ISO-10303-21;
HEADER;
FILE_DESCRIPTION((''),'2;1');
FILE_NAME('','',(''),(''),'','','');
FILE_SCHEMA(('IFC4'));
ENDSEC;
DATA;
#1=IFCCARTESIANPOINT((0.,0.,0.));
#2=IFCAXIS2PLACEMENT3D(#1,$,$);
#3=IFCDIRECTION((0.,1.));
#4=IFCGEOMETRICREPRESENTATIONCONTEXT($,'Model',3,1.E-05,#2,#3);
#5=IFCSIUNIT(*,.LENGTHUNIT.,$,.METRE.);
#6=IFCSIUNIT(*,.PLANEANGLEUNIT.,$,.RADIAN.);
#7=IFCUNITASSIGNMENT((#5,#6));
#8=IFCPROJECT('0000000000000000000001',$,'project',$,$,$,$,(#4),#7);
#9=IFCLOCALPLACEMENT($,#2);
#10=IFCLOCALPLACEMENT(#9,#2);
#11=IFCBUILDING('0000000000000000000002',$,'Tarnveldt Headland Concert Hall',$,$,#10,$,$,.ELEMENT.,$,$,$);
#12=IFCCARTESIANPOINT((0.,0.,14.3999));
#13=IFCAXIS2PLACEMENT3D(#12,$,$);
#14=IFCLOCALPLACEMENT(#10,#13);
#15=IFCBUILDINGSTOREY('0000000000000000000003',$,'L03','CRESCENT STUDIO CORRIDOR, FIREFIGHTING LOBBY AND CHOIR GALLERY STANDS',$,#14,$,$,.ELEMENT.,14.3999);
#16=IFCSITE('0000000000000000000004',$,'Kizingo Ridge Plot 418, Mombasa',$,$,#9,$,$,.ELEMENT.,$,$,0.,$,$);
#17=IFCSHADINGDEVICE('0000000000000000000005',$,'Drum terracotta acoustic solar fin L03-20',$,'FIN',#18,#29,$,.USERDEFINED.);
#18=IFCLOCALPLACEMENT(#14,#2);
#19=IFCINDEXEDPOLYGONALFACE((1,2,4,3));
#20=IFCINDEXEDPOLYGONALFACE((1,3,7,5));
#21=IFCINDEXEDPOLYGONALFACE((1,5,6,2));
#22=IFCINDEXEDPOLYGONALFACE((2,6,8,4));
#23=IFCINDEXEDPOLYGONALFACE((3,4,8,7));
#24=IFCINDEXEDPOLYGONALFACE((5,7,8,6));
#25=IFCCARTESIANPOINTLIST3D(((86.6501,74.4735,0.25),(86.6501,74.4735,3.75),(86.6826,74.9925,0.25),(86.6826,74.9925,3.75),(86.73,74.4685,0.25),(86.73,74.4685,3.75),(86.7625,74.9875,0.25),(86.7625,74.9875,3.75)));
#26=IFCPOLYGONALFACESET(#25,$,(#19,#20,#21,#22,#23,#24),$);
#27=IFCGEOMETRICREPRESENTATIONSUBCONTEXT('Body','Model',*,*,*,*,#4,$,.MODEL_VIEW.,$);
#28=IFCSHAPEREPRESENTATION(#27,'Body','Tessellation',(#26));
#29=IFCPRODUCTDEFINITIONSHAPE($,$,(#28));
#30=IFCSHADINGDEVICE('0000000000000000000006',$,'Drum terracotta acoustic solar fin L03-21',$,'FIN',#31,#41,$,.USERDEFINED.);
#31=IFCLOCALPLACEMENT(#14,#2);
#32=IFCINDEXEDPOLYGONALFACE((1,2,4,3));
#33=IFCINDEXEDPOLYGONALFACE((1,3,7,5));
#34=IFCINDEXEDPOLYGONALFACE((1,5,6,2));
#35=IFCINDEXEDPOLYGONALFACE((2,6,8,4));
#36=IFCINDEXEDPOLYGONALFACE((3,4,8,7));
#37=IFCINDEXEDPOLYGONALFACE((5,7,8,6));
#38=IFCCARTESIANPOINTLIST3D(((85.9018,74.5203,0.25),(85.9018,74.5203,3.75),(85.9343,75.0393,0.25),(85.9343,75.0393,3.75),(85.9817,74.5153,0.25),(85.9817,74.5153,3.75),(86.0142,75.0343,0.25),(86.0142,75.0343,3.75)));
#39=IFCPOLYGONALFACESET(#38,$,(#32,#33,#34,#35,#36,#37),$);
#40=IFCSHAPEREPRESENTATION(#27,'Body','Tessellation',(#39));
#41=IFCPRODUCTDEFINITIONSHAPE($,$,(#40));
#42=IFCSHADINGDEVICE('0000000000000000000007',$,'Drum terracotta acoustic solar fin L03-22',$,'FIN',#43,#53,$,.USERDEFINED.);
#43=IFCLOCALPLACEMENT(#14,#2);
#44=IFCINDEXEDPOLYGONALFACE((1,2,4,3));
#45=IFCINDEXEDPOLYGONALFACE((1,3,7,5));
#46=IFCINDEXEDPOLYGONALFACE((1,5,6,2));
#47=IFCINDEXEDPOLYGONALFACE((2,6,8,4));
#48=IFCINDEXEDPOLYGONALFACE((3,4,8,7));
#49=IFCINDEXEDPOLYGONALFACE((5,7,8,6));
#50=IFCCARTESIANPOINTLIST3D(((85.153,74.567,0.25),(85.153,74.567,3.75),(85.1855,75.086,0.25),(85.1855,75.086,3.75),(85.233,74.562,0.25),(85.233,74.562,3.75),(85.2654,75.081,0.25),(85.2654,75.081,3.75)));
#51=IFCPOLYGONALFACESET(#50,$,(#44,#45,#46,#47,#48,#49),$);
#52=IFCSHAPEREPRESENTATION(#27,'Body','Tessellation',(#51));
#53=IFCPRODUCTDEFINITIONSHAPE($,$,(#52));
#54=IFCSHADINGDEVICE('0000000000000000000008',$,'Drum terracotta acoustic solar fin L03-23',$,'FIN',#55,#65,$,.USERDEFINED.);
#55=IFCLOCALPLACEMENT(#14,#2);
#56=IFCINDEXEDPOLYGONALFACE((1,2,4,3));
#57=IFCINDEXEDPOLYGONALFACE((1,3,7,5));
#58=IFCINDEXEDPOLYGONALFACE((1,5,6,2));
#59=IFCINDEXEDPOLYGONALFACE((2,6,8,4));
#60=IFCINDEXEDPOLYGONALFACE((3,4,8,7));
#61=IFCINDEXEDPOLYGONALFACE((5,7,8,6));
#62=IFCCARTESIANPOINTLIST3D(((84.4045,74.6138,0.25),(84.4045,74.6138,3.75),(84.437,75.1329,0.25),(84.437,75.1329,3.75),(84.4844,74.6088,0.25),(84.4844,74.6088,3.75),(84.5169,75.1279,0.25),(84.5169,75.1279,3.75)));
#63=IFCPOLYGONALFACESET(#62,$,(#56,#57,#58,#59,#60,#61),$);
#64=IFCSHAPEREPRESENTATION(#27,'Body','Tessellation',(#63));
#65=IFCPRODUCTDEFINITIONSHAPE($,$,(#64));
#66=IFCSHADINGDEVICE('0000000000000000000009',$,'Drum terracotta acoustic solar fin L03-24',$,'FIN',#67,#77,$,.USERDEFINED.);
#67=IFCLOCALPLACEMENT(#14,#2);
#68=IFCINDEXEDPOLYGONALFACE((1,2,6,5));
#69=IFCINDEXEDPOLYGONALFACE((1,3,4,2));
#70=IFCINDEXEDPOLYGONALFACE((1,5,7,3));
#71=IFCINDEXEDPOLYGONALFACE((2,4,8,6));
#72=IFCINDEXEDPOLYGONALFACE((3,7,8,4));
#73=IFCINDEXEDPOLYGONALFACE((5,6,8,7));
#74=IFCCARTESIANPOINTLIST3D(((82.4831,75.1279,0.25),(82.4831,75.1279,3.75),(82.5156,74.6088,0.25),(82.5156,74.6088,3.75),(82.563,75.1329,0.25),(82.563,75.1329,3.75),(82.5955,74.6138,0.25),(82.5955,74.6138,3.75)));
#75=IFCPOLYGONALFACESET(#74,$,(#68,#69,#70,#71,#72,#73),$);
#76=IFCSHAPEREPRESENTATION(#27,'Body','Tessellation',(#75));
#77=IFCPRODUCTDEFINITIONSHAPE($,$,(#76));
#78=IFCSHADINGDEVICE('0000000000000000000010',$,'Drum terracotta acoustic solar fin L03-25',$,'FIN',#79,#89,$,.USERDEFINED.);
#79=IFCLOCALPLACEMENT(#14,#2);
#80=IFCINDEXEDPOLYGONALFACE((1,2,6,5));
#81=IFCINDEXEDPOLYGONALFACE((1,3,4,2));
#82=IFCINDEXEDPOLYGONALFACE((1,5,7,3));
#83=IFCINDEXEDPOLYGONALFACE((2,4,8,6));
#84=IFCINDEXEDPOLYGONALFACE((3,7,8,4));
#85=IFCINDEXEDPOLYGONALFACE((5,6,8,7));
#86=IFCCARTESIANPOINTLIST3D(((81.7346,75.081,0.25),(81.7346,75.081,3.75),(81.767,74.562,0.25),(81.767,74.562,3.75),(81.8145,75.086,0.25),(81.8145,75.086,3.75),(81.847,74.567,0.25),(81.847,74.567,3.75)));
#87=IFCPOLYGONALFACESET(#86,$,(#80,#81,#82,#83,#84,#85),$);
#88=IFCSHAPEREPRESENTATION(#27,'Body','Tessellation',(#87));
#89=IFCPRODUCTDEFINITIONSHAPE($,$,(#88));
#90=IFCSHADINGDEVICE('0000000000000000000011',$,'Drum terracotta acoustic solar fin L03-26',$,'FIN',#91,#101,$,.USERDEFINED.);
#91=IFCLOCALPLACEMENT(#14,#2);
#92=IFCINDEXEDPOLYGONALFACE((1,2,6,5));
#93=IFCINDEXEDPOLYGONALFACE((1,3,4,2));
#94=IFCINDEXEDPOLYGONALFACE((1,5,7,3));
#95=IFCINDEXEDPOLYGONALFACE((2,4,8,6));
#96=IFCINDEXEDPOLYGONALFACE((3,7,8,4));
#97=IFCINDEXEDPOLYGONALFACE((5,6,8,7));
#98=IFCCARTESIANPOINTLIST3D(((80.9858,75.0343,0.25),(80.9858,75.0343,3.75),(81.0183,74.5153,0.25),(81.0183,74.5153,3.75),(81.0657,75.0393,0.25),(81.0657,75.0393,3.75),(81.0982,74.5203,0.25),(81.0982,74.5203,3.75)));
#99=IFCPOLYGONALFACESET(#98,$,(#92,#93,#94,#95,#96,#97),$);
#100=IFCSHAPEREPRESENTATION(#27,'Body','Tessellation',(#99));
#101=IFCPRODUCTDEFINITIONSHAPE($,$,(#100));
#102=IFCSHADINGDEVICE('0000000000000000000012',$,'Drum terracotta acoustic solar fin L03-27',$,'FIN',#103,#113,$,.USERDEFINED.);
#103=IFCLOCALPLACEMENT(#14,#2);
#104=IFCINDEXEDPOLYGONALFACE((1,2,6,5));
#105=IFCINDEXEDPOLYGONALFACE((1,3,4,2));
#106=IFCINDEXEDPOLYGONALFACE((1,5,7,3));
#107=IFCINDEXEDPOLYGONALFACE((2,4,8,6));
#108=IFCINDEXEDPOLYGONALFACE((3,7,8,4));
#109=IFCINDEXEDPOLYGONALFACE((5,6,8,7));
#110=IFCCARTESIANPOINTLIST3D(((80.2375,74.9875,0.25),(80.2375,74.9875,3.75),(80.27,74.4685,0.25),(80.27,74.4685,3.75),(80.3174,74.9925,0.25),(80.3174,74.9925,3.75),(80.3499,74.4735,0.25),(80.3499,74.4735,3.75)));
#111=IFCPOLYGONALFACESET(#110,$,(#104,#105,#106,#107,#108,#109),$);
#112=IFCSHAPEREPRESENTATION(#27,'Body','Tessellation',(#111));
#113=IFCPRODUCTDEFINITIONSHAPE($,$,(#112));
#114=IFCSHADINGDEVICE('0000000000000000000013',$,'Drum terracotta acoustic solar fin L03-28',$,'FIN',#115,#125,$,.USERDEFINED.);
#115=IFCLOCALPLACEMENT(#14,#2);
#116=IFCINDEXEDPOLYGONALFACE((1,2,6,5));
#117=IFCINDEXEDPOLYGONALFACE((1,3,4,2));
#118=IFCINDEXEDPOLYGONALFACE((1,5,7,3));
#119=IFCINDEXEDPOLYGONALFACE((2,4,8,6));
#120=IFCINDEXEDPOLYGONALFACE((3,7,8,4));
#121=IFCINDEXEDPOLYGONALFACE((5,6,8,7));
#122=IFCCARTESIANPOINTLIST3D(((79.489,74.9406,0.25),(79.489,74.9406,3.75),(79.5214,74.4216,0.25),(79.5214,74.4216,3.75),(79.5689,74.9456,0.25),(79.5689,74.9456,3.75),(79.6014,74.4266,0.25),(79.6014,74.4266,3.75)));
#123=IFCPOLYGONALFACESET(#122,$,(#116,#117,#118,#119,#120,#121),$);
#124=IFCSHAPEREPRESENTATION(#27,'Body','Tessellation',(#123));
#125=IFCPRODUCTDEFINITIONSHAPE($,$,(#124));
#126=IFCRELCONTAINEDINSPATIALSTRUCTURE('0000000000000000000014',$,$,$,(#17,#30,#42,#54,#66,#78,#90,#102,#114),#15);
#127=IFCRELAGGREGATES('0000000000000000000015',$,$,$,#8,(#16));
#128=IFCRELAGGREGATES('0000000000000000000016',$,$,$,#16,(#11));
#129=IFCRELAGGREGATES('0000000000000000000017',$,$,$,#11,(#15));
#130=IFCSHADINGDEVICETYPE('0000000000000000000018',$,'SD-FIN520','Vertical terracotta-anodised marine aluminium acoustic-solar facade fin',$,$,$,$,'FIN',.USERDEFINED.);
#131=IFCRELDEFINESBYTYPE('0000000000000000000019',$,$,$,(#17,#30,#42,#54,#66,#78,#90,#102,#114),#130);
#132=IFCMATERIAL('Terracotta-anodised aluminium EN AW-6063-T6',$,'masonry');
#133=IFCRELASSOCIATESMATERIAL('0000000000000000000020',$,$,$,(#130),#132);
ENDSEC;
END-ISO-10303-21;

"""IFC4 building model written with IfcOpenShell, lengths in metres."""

from ifc_helpers import new_model, si_unit, direction, frame, origin, origin_2d, place, context, subcontext, project, spatial, rectangle, extrude, material, type_object, element, save


model = new_model("IFC4")

# Units and contexts
model_context = context("Model", 3, precision=1e-05, world=origin(), true_north=direction((0.0, 1.0)))
body_context = subcontext(model_context, "Body", "Model", "MODEL_VIEW")
ifc_project = project(units=[si_unit("LENGTHUNIT", "METRE"), si_unit("PLANEANGLEUNIT", "RADIAN")], contexts=[model_context])

# Site, building, storey
site_placement = place(None, origin())
site = spatial("IfcSite", under=ifc_project, at=site_placement, Name="Kizingo Ridge Plot 418, Mombasa", CompositionType="ELEMENT", RefElevation=0.0)
building_placement = place(site_placement, origin())
building = spatial("IfcBuilding", under=site, at=building_placement, Name="Tarnveldt Headland Concert Hall", CompositionType="ELEMENT")
storey_placement = place(building_placement, frame((0.0, 0.0, 14.3999)))
storey = spatial("IfcBuildingStorey", under=building, at=storey_placement, Name="L03", Description="CRESCENT STUDIO CORRIDOR, FIREFIGHTING LOBBY AND CHOIR GALLERY STANDS", CompositionType="ELEMENT", Elevation=14.3999)

# Shading devices
ifc_material_1 = material(Name="Terracotta-anodised aluminium EN AW-6063-T6", Category="masonry")
shading_device_type = type_object("IfcShadingDeviceType", Name="SD-FIN520", Description="Vertical terracotta-anodised marine aluminium acoustic-solar facade fin", ElementType="FIN", PredefinedType="USERDEFINED", material=ifc_material_1)
for number, where, z_axis, x_axis, name in (
    (1, (86.7063, 74.7305, 0.25), (0.0, 0.0, 1.0), (0.062442, 0.998049, 0.0), "Drum terracotta acoustic solar fin L03-20"),
    (2, (85.958, 74.7773, 0.25), (0.0, 0.0, 1.0), (0.062442, 0.998049, 0.0), "Drum terracotta acoustic solar fin L03-21"),
    (3, (85.2092, 74.824, 0.25), (0.0, 0.0, 1.0), (0.062442, 0.998049, 0.0), "Drum terracotta acoustic solar fin L03-22"),
    (4, (84.4607, 74.8708, 0.25), (0.0, 0.0, 1.0), (0.062442, 0.998049, 0.0), "Drum terracotta acoustic solar fin L03-23"),
    (5, (82.5393, 74.8708, 0.25), (0.0, 0.0, 1.0), (-0.062442, 0.998049, 0.0), "Drum terracotta acoustic solar fin L03-24"),
    (6, (81.7908, 74.824, 0.25), (0.0, 0.0, 1.0), (-0.062442, 0.998049, 0.0), "Drum terracotta acoustic solar fin L03-25"),
    (7, (81.042, 74.7773, 0.25), (0.0, 0.0, 1.0), (-0.062442, 0.998049, 0.0), "Drum terracotta acoustic solar fin L03-26"),
    (8, (80.2937, 74.7305, 0.25), (0.0, 0.0, 1.0), (-0.062442, 0.998049, 0.0), "Drum terracotta acoustic solar fin L03-27"),
    (9, (79.5452, 74.6836, 0.25), (0.0, 0.0, 1.0), (-0.062442, 0.998049, 0.0), "Drum terracotta acoustic solar fin L03-28"),
):
    element("IfcShadingDevice", number, at=place(storey_placement, frame(where, z_axis=z_axis, x_axis=x_axis)), inside=storey, type_object=shading_device_type, Name=name, ObjectType="FIN", PredefinedType="USERDEFINED", context=body_context, shape_type="SweptSolid", body=[
        extrude(rectangle(XDim=0.52, YDim=0.0801, at=origin_2d()), origin(), (0.0, 0.0, 1.0), 3.5),
    ])

save(model, "model.ifc")
